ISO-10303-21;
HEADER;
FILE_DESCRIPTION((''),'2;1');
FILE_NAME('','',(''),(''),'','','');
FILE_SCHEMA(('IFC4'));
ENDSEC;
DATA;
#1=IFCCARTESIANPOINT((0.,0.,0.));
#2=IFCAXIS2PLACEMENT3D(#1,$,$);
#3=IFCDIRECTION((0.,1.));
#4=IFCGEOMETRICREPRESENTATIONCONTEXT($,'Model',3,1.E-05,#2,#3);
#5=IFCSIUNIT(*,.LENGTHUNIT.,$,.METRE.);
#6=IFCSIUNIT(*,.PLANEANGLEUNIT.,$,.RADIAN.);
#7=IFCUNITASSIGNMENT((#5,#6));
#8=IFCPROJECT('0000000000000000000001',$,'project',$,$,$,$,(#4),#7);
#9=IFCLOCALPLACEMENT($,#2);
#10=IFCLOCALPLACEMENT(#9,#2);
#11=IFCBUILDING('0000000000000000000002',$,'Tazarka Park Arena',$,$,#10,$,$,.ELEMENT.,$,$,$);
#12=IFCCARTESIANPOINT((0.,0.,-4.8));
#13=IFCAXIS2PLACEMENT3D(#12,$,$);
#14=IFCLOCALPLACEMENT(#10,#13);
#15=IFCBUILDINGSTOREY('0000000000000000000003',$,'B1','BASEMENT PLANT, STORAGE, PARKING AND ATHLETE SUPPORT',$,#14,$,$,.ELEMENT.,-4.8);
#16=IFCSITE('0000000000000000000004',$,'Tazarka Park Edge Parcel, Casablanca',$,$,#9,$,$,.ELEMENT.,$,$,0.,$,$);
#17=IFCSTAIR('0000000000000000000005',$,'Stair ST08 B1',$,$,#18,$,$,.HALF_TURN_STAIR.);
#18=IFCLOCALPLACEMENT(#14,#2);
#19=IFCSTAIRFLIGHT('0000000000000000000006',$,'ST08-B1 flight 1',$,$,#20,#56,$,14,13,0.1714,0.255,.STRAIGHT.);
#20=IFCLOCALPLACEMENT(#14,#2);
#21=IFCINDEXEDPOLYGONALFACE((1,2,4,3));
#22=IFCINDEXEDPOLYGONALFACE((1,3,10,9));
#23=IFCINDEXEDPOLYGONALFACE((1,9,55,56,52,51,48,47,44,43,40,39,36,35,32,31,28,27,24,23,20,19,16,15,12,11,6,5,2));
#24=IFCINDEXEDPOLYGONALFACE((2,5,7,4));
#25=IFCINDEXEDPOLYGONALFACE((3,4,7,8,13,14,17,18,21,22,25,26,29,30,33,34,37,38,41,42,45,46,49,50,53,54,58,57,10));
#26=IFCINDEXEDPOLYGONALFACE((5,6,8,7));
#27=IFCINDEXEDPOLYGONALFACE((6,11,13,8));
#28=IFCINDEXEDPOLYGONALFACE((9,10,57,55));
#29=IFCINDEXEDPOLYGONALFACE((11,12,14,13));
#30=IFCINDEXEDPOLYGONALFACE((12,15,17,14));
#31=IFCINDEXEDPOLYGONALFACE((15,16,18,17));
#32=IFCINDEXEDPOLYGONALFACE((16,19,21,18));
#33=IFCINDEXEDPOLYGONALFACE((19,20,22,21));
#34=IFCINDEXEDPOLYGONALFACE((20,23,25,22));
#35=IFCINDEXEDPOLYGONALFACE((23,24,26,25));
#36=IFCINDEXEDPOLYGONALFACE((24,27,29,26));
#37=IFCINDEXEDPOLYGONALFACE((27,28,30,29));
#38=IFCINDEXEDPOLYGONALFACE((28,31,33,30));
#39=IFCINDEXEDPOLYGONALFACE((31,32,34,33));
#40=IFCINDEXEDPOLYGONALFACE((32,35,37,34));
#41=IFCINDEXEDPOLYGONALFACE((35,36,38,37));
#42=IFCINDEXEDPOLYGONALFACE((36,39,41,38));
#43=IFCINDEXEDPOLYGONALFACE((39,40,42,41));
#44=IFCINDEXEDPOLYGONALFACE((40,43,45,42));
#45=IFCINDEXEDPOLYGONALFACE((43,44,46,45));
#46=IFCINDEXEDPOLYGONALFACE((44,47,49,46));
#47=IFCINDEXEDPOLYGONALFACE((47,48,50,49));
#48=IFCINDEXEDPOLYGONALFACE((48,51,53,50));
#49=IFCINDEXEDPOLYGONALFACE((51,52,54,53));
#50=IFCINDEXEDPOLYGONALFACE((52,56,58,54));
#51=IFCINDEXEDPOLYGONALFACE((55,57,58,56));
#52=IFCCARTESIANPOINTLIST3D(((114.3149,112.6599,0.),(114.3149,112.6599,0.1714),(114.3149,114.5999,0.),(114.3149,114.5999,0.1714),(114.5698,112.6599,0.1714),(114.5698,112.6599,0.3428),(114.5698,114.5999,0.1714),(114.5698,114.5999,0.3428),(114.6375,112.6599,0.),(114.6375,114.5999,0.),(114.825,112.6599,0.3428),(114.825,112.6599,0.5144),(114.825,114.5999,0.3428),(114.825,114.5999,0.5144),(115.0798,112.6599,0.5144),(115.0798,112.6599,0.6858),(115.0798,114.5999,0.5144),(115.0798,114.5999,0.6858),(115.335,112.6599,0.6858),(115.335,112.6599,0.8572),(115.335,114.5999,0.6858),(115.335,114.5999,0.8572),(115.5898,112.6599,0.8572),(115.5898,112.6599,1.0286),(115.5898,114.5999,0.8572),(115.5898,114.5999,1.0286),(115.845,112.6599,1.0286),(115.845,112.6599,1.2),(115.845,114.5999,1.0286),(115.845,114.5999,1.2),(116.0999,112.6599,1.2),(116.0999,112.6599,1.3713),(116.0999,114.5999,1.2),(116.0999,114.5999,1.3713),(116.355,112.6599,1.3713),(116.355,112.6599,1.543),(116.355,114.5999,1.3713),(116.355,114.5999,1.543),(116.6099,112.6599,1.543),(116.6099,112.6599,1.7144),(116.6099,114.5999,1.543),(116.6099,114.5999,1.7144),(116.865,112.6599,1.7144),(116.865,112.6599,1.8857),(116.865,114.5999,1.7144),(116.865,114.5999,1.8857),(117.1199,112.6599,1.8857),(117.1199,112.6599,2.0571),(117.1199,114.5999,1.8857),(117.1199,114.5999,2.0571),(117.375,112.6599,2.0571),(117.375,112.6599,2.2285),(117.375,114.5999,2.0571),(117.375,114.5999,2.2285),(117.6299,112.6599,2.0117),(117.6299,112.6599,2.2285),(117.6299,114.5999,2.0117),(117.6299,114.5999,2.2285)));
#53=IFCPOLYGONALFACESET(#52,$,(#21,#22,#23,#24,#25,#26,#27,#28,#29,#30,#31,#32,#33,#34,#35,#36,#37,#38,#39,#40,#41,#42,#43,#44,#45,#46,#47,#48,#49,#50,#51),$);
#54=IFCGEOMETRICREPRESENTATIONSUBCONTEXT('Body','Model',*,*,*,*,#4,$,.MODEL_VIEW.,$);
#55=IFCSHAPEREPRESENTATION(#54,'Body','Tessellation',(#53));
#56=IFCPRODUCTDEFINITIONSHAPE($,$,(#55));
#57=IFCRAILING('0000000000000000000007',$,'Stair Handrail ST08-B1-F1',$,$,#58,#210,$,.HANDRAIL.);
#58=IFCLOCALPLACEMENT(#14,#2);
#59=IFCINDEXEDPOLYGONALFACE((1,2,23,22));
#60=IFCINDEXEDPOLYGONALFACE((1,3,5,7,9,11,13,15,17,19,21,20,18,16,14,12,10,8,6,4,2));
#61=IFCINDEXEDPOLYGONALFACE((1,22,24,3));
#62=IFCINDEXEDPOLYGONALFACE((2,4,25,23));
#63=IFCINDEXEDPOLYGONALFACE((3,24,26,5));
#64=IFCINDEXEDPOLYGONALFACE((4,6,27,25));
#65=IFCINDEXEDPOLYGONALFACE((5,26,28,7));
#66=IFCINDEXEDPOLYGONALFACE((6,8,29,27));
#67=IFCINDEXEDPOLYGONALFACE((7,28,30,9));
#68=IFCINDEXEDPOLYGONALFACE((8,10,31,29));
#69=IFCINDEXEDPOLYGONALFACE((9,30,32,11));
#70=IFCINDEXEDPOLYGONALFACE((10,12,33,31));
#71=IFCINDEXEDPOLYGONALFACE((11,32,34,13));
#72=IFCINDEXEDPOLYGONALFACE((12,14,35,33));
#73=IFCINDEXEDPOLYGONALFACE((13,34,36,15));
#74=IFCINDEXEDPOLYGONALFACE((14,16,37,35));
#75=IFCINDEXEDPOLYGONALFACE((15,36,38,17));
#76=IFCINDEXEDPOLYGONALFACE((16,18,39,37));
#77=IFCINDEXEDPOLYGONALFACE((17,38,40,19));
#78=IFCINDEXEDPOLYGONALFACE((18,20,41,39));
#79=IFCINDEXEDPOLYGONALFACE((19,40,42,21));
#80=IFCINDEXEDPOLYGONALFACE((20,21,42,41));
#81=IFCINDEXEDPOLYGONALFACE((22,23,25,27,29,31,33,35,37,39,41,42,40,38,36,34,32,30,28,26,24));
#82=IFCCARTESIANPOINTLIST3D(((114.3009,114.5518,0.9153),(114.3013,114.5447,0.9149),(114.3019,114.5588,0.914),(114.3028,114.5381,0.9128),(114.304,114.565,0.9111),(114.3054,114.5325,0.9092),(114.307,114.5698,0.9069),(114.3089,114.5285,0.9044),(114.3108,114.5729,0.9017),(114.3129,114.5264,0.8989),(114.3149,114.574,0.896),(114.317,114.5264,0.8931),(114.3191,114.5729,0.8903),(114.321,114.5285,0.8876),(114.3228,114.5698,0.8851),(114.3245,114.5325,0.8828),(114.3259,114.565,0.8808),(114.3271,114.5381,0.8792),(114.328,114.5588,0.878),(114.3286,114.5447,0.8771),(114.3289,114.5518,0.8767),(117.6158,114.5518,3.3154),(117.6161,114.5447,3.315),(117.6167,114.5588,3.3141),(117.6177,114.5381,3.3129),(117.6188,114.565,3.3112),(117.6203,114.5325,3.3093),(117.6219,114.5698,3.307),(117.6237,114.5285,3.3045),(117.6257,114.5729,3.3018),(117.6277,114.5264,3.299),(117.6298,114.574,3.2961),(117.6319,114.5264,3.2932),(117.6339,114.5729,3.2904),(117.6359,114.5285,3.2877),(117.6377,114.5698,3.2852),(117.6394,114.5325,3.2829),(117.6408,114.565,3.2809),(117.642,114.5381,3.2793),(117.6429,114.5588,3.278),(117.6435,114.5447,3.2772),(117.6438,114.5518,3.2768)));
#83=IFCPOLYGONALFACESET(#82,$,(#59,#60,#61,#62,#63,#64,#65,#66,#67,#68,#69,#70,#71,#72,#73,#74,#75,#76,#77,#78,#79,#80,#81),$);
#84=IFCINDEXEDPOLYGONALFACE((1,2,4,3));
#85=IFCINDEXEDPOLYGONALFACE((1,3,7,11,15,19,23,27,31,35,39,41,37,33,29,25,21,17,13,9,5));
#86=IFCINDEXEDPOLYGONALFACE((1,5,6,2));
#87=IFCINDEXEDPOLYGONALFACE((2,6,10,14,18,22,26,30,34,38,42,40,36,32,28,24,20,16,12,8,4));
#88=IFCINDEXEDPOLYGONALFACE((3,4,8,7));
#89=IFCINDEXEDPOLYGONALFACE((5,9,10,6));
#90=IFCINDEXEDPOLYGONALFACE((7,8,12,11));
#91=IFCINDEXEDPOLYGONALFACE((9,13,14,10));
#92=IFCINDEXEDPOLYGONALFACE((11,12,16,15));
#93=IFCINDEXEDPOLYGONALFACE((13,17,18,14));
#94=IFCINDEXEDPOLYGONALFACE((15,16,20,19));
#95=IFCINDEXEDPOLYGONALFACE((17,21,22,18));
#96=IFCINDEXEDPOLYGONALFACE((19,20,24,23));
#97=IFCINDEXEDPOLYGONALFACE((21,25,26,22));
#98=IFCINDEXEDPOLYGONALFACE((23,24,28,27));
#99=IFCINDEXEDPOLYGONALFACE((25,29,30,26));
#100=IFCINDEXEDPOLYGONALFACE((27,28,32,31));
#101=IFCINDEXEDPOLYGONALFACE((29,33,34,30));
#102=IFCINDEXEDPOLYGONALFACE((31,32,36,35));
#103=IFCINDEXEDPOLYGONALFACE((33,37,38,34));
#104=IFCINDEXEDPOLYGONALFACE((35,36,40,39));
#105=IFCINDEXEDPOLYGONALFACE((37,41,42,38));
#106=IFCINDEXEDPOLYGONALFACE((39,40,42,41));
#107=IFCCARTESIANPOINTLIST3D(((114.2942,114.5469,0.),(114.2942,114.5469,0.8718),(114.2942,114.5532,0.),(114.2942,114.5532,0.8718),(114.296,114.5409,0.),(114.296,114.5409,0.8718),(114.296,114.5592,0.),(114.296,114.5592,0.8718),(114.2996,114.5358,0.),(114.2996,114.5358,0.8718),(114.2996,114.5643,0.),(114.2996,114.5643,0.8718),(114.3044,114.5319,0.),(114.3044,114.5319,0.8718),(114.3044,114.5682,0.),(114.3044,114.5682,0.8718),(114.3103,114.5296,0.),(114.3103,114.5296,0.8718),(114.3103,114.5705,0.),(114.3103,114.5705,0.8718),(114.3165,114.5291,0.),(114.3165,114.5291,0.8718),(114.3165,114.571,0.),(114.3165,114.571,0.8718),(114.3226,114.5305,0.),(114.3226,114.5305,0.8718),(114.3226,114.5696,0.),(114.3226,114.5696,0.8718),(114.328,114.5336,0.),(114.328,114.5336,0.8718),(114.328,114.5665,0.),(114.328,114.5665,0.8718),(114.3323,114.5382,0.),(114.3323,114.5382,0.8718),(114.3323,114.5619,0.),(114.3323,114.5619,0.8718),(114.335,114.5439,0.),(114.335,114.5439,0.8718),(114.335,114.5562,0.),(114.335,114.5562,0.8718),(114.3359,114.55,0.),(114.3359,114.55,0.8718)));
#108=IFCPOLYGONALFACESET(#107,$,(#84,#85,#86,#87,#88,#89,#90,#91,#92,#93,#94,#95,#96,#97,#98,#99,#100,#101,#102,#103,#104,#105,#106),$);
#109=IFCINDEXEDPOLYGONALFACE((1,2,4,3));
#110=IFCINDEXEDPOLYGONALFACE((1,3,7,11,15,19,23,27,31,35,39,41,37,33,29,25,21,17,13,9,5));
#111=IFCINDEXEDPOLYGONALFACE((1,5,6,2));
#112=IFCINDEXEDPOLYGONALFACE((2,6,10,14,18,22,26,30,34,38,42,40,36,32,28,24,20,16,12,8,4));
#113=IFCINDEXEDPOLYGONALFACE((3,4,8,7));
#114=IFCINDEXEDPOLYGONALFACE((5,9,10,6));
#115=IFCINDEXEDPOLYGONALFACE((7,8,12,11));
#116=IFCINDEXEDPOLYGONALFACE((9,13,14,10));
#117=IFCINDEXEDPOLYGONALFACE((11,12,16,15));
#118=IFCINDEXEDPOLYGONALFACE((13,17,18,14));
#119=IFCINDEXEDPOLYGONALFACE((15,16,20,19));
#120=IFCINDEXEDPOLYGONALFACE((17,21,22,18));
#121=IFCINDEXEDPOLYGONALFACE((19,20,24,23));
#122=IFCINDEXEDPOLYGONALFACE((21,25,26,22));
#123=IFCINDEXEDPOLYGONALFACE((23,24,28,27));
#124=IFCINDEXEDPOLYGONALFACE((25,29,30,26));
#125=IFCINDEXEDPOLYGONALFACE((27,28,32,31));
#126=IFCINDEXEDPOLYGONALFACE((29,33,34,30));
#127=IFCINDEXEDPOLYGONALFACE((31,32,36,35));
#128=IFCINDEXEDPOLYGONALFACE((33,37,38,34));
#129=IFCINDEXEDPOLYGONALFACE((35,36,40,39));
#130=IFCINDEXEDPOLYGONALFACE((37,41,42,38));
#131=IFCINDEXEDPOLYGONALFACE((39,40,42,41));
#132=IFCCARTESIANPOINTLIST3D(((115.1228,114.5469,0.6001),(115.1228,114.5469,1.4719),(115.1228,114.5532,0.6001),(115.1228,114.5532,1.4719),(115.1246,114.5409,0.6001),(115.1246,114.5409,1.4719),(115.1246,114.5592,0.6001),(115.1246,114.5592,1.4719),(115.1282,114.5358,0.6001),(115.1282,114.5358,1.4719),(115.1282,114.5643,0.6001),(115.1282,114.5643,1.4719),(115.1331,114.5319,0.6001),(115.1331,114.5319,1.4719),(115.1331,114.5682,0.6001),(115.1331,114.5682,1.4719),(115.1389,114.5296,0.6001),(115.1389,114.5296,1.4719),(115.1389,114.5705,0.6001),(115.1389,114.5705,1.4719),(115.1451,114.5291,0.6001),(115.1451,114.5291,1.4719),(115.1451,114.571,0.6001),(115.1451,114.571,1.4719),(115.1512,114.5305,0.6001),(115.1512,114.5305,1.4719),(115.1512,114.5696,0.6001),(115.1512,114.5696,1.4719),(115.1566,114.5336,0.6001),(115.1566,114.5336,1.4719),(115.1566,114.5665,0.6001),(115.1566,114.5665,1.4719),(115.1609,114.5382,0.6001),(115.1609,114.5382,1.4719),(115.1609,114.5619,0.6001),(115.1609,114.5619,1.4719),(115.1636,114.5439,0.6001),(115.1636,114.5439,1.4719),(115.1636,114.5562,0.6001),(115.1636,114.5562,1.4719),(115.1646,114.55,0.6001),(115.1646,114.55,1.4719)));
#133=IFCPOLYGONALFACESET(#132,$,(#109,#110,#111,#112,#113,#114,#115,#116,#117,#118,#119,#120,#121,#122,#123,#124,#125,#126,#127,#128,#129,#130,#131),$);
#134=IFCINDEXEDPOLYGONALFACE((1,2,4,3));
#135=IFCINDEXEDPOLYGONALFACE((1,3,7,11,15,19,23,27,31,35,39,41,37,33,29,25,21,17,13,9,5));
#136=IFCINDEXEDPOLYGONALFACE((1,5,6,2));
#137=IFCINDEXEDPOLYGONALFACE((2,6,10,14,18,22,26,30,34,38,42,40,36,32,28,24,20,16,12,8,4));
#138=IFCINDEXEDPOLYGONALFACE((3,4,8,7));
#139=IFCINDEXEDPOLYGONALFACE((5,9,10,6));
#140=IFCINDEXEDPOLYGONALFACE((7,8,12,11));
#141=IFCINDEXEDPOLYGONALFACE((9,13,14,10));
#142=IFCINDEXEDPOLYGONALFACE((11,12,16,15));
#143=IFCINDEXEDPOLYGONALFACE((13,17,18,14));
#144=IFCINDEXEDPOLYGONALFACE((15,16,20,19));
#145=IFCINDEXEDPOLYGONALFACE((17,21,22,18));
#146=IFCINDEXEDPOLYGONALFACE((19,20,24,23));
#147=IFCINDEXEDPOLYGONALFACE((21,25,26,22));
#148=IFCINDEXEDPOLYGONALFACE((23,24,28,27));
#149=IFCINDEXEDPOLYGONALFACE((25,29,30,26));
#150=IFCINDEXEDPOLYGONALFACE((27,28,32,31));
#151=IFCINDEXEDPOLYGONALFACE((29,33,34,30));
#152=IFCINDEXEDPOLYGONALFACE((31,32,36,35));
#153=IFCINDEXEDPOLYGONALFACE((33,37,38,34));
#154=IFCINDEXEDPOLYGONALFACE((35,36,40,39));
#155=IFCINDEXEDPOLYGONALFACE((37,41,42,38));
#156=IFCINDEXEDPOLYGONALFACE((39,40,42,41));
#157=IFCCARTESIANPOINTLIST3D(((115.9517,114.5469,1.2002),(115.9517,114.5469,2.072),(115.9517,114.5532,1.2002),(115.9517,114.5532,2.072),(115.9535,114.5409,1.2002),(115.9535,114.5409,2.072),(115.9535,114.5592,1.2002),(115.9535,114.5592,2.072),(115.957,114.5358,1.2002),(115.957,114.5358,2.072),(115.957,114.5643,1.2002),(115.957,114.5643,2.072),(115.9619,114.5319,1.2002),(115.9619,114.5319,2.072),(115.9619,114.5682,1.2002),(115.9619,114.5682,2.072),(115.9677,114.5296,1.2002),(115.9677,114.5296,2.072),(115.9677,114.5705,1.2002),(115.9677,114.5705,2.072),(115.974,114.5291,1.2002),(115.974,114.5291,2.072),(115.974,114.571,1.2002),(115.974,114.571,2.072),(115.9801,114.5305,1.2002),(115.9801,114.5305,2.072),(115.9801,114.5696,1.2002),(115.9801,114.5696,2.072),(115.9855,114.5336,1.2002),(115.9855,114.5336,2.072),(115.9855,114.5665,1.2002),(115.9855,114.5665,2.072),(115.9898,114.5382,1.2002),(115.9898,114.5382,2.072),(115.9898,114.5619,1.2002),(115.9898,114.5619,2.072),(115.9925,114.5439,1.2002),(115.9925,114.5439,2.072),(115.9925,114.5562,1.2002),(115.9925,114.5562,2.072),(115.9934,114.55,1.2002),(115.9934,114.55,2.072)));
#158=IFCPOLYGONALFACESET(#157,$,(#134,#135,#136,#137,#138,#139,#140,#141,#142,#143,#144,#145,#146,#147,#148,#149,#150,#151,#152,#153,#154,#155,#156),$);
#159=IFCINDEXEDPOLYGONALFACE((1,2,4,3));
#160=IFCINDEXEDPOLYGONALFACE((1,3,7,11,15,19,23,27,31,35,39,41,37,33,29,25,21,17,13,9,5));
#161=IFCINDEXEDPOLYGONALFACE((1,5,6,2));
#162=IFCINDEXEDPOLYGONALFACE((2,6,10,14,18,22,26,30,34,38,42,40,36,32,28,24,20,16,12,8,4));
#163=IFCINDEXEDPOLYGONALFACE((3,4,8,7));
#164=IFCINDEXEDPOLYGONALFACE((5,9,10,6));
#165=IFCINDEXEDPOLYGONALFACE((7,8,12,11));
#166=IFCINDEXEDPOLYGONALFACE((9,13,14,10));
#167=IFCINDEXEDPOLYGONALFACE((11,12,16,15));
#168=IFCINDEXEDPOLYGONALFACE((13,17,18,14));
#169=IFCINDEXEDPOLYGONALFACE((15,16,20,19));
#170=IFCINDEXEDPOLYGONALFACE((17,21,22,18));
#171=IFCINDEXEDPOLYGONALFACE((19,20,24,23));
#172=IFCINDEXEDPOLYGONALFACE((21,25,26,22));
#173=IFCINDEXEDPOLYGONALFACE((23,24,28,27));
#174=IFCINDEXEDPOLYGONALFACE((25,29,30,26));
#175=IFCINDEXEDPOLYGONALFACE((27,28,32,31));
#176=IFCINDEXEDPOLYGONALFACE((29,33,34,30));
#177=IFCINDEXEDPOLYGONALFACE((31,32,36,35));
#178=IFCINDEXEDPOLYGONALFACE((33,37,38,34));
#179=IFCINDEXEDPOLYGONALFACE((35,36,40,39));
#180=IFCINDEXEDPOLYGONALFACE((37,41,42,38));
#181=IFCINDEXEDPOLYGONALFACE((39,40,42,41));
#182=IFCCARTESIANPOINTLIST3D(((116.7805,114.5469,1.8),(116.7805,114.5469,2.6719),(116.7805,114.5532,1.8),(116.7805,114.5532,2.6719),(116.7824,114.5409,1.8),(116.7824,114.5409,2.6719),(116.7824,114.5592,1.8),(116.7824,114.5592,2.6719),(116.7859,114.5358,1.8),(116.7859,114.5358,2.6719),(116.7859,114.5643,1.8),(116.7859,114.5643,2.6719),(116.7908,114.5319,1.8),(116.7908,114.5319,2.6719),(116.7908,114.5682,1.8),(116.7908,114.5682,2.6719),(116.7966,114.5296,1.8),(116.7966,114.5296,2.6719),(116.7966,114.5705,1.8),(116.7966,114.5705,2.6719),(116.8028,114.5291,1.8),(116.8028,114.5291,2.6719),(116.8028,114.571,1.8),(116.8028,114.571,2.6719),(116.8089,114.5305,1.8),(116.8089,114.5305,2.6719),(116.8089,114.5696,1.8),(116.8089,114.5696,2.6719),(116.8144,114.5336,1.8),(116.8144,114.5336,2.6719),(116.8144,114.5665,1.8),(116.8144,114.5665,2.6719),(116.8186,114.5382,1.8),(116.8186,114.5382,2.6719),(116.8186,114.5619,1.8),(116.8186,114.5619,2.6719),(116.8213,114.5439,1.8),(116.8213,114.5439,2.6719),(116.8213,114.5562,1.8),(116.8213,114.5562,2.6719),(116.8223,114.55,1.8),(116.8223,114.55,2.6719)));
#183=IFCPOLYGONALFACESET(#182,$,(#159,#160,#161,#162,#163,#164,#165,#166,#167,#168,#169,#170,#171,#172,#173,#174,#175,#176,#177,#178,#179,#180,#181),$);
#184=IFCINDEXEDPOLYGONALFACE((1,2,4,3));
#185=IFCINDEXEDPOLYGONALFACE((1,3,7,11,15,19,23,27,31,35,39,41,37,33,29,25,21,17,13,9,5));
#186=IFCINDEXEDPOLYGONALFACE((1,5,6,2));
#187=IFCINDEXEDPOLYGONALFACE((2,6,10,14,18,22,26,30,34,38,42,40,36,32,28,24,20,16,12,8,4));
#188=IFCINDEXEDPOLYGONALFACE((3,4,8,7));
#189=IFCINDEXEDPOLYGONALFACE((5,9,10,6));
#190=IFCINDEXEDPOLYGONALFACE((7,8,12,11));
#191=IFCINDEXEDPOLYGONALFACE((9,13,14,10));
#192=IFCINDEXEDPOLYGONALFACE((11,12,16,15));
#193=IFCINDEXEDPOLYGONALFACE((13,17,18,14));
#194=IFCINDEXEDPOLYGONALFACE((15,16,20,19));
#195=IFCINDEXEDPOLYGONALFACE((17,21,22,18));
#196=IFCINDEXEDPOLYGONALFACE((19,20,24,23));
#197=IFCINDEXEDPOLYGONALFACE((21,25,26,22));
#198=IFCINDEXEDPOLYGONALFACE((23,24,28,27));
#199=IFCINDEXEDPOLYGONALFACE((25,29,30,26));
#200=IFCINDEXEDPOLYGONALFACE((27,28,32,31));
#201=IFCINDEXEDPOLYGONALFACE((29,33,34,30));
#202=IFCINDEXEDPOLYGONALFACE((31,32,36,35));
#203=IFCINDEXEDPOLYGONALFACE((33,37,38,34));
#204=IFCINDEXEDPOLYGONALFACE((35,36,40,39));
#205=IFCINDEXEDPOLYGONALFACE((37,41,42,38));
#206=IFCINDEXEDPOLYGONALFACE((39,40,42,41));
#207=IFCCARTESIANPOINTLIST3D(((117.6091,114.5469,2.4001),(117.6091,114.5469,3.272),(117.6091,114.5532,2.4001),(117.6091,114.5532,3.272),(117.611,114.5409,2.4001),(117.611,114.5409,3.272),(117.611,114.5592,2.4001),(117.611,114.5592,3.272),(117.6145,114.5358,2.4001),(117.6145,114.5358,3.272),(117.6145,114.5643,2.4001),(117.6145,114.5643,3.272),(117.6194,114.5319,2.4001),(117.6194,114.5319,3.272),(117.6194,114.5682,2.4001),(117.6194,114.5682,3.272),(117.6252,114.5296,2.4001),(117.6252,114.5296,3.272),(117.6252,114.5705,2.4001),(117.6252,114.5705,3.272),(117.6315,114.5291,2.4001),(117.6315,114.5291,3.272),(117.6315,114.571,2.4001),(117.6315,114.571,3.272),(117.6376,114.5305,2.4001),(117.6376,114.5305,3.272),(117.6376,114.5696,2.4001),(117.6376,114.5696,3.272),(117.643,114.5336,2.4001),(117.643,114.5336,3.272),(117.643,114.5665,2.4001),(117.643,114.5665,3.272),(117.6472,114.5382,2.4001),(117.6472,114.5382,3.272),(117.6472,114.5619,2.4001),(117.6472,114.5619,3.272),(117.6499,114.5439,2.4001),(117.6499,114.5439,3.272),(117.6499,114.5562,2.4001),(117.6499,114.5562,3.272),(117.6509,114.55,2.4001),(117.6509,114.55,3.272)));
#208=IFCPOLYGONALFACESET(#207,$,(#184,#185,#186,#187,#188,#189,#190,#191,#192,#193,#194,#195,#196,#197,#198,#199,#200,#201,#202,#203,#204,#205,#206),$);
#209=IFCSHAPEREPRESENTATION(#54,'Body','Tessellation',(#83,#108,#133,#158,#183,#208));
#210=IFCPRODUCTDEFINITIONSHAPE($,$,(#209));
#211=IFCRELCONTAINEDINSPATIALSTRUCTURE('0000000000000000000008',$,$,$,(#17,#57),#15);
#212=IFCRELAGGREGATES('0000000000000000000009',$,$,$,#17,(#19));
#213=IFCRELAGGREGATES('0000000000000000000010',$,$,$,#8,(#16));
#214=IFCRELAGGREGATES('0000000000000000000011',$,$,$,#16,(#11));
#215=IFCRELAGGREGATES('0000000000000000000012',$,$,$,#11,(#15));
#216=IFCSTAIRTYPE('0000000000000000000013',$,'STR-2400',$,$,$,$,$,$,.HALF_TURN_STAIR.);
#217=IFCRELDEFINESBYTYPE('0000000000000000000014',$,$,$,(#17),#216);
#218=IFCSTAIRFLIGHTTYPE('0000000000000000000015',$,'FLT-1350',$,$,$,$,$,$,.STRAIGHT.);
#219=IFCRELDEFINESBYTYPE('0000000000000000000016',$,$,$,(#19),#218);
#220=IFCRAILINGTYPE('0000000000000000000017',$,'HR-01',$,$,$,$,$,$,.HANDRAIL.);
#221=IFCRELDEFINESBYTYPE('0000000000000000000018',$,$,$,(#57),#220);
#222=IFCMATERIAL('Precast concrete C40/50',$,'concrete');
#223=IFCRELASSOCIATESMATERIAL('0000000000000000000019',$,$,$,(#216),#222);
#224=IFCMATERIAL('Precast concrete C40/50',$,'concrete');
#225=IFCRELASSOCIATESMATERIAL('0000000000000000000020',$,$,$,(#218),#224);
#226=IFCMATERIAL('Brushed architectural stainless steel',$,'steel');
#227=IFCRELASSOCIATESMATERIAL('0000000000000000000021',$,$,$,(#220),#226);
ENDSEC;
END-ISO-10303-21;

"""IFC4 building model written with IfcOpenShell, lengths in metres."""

from ifc_helpers import new_model, si_unit, direction, frame, origin, origin_2d, place, context, subcontext, project, spatial, polyline, circle, outline, extrude, material, type_object, element, aggregate, save


model = new_model("IFC4")

# Units and contexts
model_context = context("Model", 3, precision=1e-05, world=origin(), true_north=direction((0.0, 1.0)))
body_context = subcontext(model_context, "Body", "Model", "MODEL_VIEW")
ifc_project = project(units=[si_unit("LENGTHUNIT", "METRE"), si_unit("PLANEANGLEUNIT", "RADIAN")], contexts=[model_context])

# Site, building, storey
site_placement = place(None, origin())
site = spatial("IfcSite", under=ifc_project, at=site_placement, Name="Tazarka Park Edge Parcel, Casablanca", CompositionType="ELEMENT", RefElevation=0.0)
building_placement = place(site_placement, origin())
building = spatial("IfcBuilding", under=site, at=building_placement, Name="Tazarka Park Arena", CompositionType="ELEMENT")
storey_placement = place(building_placement, frame((0.0, 0.0, -4.8)))
storey = spatial("IfcBuildingStorey", under=building, at=storey_placement, Name="B1", Description="BASEMENT PLANT, STORAGE, PARKING AND ATHLETE SUPPORT", CompositionType="ELEMENT", Elevation=-4.8)

# Stair, stair flight
ifc_material_1 = material(Name="Precast concrete C40/50", Category="concrete")
stair_type = type_object("IfcStairType", Name="STR-2400", PredefinedType="HALF_TURN_STAIR", material=ifc_material_1)
stair_placement = place(storey_placement, origin())
stair = element("IfcStair", 1, at=stair_placement, inside=storey, type_object=stair_type, Name="Stair ST08 B1", PredefinedType="HALF_TURN_STAIR")
ifc_material_2 = material(Name="Precast concrete C40/50", Category="concrete")
stair_flight_type = type_object("IfcStairFlightType", Name="FLT-1350", PredefinedType="STRAIGHT", material=ifc_material_2)
stair_flight_placement = place(storey_placement, frame((114.3149, 113.6299, 0.0), z_axis=(0.0, 0.0, 1.0), x_axis=(1.0, 0.0, 0.0)))
stair_flight = element("IfcStairFlight", 2, at=stair_flight_placement, type_object=stair_flight_type, Name="ST08-B1 flight 1", NumberOfRisers=14, NumberOfTreads=13, PredefinedType="STRAIGHT", RiserHeight=0.1714, TreadLength=0.255, context=body_context, shape_type="SweptSolid", body=[
    extrude(outline(polyline([(0.0, 0.0), (0.0, 0.1714), (0.2549, 0.1714), (0.2549, 0.3428), (0.51, 0.3428), (0.51, 0.5144), (0.7649, 0.5144), (0.7649, 0.6858), (1.02, 0.6858), (1.02, 0.8572), (1.2749, 0.8572), (1.2749, 1.0286), (1.53, 1.0286), (1.53, 1.2), (1.7849, 1.2), (1.7849, 1.3713), (2.04, 1.3713), (2.04, 1.543), (2.2949, 1.543), (2.2949, 1.7144), (2.55, 1.7144), (2.55, 1.8857), (2.8049, 1.8857), (2.8049, 2.0571), (3.0601, 2.0571), (3.0601, 2.2285), (3.3149, 2.2285), (3.3149, 2.3999), (3.3149, 2.0117), (0.3225, 0.0), (0.0, 0.0)])), frame((0.0, 0.97, 0.0), z_axis=(0.0, -1.0, 0.0), x_axis=(1.0, 0.0, 0.0)), (0.0, 0.0, 1.0), 1.9399),
])
aggregate(stair, [stair_flight])

# Railing
ifc_material_3 = material(Name="Brushed architectural stainless steel", Category="steel")
railing_type_1 = type_object("IfcRailingType", Name="HR-01", PredefinedType="HANDRAIL", material=ifc_material_3)
railing_1_placement = place(storey_placement, frame((114.3149, 114.55, 0.0)))
element("IfcRailing", 3, at=railing_1_placement, inside=storey, type_object=railing_type_1, Name="Stair Handrail ST08-B1-F1", PredefinedType="HANDRAIL", context=body_context, shape_type="SweptSolid", body=[
    extrude(circle(Radius=0.0239, at=origin_2d()), frame((0.0, 0.0, 0.896), z_axis=(0.80998, 0.0, 0.586457), x_axis=(0.0, 1.0, 0.0)), (0.0, 0.0, 1.0), 4.0925),
    extrude(circle(Radius=0.021, at=origin_2d()), origin(), (0.0, 0.0, 1.0), 0.8718),
    extrude(circle(Radius=0.021, at=origin_2d()), frame((0.8286, 0.0, 0.6001)), (0.0, 0.0, 1.0), 0.8718),
    extrude(circle(Radius=0.021, at=origin_2d()), frame((1.6575, 0.0, 1.2002)), (0.0, 0.0, 1.0), 0.8718),
    extrude(circle(Radius=0.021, at=origin_2d()), frame((2.4863, 0.0, 1.8)), (0.0, 0.0, 1.0), 0.8718),
    extrude(circle(Radius=0.021, at=origin_2d()), frame((3.3149, 0.0, 2.4001)), (0.0, 0.0, 1.0), 0.8718),
])

save(model, "model.ifc")
